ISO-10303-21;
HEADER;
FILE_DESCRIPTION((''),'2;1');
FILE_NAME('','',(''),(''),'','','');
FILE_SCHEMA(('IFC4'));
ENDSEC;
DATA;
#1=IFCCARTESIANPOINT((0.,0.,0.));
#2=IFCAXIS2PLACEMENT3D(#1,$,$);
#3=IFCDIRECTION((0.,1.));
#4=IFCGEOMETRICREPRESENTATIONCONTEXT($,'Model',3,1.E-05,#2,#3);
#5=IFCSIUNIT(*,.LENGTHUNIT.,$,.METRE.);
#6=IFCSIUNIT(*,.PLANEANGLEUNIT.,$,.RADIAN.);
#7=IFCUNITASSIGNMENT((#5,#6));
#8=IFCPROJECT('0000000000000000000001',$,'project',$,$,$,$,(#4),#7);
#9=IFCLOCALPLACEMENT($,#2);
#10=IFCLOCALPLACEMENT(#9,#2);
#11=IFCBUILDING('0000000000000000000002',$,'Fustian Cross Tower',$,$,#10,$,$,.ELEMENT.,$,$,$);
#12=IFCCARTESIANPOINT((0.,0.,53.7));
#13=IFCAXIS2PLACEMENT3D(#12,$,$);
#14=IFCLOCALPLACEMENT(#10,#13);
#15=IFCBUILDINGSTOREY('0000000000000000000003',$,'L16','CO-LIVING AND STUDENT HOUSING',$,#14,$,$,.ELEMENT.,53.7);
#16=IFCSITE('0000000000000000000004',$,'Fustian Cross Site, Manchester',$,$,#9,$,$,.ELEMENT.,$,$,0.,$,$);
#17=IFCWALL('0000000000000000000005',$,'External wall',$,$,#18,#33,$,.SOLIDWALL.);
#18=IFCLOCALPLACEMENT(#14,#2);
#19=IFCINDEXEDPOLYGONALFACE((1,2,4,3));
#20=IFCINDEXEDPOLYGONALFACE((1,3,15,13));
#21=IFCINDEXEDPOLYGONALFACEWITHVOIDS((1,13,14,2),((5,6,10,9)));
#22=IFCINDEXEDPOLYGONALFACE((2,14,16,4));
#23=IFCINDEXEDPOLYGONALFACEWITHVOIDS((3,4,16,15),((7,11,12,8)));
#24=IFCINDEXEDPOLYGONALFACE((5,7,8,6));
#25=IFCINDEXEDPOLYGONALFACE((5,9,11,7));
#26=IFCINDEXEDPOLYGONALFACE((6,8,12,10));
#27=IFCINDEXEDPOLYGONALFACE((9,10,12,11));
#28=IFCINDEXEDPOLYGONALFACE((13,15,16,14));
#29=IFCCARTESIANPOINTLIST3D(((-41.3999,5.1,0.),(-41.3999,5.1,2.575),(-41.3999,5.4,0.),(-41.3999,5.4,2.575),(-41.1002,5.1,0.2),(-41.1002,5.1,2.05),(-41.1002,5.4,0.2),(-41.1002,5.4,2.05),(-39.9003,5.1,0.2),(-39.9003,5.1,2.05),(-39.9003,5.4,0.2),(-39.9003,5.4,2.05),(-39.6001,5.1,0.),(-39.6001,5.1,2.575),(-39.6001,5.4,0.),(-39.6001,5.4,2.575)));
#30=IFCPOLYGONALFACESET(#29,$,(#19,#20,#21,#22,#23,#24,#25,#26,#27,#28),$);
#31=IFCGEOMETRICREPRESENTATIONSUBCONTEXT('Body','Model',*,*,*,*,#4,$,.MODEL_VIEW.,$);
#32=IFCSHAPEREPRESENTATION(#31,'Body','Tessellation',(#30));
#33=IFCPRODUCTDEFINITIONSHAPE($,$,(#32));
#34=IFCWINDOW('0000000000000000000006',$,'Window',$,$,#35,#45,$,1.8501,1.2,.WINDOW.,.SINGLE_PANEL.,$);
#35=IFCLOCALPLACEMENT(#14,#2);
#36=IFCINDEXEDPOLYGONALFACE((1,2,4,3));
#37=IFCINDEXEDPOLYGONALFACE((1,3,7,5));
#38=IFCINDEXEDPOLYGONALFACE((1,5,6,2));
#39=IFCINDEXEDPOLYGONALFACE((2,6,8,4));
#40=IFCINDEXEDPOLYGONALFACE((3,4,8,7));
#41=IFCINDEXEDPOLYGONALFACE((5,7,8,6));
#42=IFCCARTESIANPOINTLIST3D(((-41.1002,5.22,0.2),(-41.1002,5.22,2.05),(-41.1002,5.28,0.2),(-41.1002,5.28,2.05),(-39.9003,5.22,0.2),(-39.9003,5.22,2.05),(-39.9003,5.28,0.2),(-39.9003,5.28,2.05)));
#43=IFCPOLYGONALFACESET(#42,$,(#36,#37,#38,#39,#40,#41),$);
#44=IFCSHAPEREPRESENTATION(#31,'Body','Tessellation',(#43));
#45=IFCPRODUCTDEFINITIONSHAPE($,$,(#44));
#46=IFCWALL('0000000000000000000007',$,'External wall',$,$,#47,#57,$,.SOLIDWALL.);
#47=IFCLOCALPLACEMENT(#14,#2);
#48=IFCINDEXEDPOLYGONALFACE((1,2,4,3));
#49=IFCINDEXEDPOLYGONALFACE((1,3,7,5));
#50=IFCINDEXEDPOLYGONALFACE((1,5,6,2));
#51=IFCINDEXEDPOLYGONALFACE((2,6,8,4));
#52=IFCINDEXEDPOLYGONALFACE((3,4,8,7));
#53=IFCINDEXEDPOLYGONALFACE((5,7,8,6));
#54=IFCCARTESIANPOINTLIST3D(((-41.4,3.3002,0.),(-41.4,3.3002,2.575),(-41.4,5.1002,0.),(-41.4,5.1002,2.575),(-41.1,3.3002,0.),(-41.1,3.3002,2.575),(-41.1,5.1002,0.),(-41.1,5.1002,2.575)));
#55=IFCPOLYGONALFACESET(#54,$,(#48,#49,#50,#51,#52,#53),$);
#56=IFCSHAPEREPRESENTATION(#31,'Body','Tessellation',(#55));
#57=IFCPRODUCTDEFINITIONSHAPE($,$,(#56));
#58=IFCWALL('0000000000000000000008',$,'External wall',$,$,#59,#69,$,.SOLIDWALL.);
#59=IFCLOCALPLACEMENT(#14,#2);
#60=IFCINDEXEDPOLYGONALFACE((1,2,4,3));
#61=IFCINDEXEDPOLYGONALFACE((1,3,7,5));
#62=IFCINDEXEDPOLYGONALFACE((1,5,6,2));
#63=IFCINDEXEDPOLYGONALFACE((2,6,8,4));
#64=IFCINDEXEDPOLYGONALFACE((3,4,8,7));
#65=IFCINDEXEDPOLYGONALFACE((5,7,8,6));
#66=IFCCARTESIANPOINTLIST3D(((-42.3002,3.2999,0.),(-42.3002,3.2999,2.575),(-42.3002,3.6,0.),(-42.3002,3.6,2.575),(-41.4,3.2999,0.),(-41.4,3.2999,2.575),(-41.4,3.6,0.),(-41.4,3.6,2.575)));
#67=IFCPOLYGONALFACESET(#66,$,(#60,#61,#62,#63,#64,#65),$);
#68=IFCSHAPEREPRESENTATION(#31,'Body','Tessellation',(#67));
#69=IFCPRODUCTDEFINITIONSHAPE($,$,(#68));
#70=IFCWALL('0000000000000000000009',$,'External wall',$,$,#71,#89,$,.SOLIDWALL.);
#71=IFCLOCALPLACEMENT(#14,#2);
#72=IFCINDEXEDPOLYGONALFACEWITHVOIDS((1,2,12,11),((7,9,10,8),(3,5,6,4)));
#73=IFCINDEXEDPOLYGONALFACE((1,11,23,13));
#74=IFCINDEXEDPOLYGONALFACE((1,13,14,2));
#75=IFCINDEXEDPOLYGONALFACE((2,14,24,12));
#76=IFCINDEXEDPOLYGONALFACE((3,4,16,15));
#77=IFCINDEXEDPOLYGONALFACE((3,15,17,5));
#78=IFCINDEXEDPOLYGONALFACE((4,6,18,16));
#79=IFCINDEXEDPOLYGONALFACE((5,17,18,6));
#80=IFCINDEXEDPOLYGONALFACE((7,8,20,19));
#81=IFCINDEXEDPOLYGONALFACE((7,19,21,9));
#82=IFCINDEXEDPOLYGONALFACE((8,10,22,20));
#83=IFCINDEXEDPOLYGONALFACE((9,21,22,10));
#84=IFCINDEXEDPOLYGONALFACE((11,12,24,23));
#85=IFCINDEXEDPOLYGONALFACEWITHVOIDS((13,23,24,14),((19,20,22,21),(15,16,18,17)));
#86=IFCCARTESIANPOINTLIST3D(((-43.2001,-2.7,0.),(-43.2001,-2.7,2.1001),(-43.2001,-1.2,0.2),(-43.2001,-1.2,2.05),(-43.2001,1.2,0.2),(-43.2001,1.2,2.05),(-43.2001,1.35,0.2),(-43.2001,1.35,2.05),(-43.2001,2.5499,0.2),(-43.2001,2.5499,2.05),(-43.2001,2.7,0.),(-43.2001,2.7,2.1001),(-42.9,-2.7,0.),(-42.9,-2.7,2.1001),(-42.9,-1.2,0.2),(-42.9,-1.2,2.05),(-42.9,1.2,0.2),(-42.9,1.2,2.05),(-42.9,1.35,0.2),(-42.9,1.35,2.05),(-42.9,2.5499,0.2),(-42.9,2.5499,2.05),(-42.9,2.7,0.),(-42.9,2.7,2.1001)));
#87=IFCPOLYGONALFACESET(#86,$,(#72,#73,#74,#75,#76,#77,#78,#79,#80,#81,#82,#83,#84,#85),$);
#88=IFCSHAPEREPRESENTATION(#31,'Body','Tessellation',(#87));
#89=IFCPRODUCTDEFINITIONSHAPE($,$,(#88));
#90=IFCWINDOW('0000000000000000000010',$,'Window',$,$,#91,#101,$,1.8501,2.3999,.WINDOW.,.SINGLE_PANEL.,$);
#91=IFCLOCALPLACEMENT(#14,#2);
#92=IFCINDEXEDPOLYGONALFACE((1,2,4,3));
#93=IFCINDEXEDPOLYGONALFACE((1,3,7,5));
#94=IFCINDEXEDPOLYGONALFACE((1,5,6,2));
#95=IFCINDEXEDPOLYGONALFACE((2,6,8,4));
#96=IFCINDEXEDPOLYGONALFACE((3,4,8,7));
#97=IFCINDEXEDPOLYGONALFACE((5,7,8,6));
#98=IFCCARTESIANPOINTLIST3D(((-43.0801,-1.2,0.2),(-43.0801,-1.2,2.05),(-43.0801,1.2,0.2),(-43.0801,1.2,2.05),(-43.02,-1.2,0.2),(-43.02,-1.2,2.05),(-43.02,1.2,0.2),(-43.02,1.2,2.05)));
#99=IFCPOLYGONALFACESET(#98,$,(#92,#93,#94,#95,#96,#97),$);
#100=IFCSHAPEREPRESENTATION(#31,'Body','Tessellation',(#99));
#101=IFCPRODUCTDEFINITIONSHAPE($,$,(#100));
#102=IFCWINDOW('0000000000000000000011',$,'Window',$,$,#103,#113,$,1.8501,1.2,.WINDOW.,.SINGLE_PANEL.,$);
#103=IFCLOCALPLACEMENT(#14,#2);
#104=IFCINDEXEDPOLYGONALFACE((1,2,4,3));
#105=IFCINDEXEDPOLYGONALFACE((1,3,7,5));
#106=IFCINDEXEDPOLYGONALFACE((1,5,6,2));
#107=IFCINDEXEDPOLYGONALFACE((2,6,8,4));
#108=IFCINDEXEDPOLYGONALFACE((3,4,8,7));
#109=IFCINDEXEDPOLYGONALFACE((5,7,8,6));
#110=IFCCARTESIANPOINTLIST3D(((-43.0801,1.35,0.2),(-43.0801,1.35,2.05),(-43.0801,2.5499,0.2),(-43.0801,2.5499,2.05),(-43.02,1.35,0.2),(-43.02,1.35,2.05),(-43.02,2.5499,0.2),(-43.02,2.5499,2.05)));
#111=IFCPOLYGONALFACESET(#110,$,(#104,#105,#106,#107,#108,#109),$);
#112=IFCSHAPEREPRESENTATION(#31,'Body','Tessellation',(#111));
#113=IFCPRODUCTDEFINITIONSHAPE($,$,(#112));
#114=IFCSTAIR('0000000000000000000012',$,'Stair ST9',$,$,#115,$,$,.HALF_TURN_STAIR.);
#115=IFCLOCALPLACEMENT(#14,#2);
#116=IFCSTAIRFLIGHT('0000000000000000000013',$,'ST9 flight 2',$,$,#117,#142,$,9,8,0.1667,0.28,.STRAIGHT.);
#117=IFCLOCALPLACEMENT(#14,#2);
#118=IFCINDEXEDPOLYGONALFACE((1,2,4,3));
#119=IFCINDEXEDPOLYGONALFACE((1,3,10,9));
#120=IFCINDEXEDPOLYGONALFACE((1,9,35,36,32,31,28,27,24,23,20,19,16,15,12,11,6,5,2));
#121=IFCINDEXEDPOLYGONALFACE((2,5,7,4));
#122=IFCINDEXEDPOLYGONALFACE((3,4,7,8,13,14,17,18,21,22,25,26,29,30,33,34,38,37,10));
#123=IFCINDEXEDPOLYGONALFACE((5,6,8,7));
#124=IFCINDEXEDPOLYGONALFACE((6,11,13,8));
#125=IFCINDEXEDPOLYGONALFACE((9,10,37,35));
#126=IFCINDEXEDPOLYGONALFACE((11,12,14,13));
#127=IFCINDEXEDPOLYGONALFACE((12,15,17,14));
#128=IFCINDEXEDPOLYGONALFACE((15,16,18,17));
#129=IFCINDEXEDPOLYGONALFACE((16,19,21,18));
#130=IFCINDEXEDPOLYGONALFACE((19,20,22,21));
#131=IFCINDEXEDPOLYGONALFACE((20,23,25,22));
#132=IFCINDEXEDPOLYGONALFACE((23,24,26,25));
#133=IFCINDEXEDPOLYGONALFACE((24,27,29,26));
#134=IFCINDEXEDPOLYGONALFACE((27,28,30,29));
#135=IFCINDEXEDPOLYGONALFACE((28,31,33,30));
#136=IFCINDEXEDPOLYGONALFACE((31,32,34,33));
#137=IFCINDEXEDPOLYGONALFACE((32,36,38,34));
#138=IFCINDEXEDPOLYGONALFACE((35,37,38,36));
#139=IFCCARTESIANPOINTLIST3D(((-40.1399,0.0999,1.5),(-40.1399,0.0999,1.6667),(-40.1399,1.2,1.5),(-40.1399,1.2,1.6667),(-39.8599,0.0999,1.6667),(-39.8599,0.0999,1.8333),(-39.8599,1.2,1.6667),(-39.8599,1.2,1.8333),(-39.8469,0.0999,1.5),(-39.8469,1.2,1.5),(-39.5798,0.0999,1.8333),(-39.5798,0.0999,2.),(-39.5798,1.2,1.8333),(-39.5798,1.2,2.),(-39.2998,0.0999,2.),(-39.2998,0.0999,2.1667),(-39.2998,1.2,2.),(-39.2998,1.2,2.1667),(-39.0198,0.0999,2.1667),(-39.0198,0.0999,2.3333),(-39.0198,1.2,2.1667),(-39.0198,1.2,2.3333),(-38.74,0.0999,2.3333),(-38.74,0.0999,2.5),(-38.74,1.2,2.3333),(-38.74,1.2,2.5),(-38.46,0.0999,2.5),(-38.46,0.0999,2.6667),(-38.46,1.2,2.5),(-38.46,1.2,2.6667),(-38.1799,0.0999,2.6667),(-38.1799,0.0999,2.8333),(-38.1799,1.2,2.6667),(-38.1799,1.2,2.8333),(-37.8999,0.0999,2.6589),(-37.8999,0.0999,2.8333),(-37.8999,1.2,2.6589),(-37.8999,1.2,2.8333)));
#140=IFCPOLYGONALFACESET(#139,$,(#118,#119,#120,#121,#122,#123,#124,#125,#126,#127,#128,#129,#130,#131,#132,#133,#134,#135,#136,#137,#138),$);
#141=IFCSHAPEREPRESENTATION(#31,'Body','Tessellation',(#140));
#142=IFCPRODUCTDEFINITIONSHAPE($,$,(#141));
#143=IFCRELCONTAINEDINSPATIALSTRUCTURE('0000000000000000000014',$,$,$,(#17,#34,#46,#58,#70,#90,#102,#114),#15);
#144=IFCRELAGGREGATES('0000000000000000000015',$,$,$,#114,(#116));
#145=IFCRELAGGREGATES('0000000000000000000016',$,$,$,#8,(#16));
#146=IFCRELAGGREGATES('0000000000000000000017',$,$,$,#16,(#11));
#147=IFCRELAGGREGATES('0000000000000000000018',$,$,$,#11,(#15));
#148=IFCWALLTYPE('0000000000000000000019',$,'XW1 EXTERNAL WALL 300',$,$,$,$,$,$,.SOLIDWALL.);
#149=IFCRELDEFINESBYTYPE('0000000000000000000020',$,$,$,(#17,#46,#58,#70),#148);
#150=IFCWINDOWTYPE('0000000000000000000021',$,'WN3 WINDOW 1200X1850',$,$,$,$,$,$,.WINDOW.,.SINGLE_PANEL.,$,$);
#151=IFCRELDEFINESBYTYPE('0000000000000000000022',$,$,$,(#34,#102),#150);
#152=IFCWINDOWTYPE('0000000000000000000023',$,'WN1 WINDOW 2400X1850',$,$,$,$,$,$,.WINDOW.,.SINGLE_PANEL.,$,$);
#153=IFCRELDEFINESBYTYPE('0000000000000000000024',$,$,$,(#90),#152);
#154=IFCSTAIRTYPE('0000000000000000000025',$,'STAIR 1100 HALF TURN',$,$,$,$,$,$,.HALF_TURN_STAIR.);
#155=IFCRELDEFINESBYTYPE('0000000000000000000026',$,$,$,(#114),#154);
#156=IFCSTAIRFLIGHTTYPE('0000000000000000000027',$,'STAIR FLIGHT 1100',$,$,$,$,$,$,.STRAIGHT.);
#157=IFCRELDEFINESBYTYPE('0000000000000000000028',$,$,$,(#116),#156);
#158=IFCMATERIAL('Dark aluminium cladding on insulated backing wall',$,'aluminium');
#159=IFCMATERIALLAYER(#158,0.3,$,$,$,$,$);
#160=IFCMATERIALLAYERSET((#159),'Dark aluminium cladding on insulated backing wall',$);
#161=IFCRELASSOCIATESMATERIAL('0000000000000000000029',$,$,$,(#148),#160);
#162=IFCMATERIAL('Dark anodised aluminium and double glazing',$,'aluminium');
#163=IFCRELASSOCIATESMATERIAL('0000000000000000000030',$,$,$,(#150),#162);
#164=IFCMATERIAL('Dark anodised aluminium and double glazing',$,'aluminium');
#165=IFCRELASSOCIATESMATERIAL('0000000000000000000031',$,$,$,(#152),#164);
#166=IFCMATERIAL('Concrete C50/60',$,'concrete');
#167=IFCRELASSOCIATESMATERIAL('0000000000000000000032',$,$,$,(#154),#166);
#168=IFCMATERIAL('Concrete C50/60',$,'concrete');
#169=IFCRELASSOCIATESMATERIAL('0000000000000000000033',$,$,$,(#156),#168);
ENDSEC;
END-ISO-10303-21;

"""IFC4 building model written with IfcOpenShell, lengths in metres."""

from ifc_helpers import new_model, si_unit, direction, frame, frame_2d, origin, place, context, subcontext, project, spatial, polyline, rectangle, outline, extrude, material, layer, layer_set, type_object, element, fill, aggregate, save


model = new_model("IFC4")

# Units and contexts
model_context = context("Model", 3, precision=1e-05, world=origin(), true_north=direction((0.0, 1.0)))
body_context = subcontext(model_context, "Body", "Model", "MODEL_VIEW")
ifc_project = project(units=[si_unit("LENGTHUNIT", "METRE"), si_unit("PLANEANGLEUNIT", "RADIAN")], contexts=[model_context])

# Site, building, storey
site_placement = place(None, origin())
site = spatial("IfcSite", under=ifc_project, at=site_placement, Name="Fustian Cross Site, Manchester", CompositionType="ELEMENT", RefElevation=0.0)
building_placement = place(site_placement, origin())
building = spatial("IfcBuilding", under=site, at=building_placement, Name="Fustian Cross Tower", CompositionType="ELEMENT")
storey_placement = place(building_placement, frame((0.0, 0.0, 53.7)))
storey = spatial("IfcBuildingStorey", under=building, at=storey_placement, Name="L16", Description="CO-LIVING AND STUDENT HOUSING", CompositionType="ELEMENT", Elevation=53.7)

# Wall, opening, window
ifc_material_1 = material(Name="Dark aluminium cladding on insulated backing wall", Category="aluminium")
ifc_layer_1 = layer(ifc_material_1, 0.3)
ifc_layer_set_1 = layer_set([ifc_layer_1], Name="Dark aluminium cladding on insulated backing wall")
wall_type_1 = type_object("IfcWallType", Name="XW1 EXTERNAL WALL 300", PredefinedType="SOLIDWALL", material=ifc_layer_set_1)
wall_1_placement = place(storey_placement, frame((-39.6001, 5.25, 0.0), z_axis=(0.0, 0.0, 1.0), x_axis=(-1.0, 0.0, 0.0)))
wall_1 = element("IfcWall", 1, at=wall_1_placement, inside=storey, type_object=wall_type_1, Name="External wall", PredefinedType="SOLIDWALL", context=body_context, shape_type="SweptSolid", body=[
    extrude(rectangle(XDim=1.7998, YDim=0.3, at=frame_2d((0.8999, 0.0))), origin(), (0.0, 0.0, 1.0), 2.575),
])
opening_1_placement = place(wall_1_placement, frame((0.3, 0.0, 0.2)))
opening_1 = element("IfcOpeningElement", 2, at=opening_1_placement, cuts=wall_1, PredefinedType="OPENING", context=body_context, shape_type="SweptSolid", body=[
    extrude(rectangle(XDim=1.2, YDim=1.8501, at=frame_2d((0.6001, 0.925))), frame((0.0, 0.1599, 0.0), z_axis=(0.0, -1.0, 0.0), x_axis=(1.0, 0.0, 0.0)), (0.0, 0.0, 1.0), 0.3201),
])
ifc_material_2 = material(Name="Dark anodised aluminium and double glazing", Category="aluminium")
window_type_1 = type_object("IfcWindowType", Name="WN3 WINDOW 1200X1850", PartitioningType="SINGLE_PANEL", PredefinedType="WINDOW", material=ifc_material_2)
window_1_placement = place(opening_1_placement, origin())
window_1 = element("IfcWindow", 3, at=window_1_placement, inside=storey, type_object=window_type_1, Name="Window", OverallHeight=1.8501, OverallWidth=1.2, PartitioningType="SINGLE_PANEL", PredefinedType="WINDOW", context=body_context, shape_type="SweptSolid", body=[
    extrude(rectangle(XDim=1.2, YDim=1.8501, at=frame_2d((0.6001, 0.925))), frame((0.0, 0.03, 0.0), z_axis=(0.0, -1.0, 0.0), x_axis=(1.0, 0.0, 0.0)), (0.0, 0.0, 1.0), 0.0601),
])
fill(opening_1, window_1)

# Walls
wall_2_placement = place(storey_placement, frame((-41.25, 5.1001, 0.0), z_axis=(0.0, 0.0, 1.0), x_axis=(0.0, -1.0, 0.0)))
element("IfcWall", 4, at=wall_2_placement, inside=storey, type_object=wall_type_1, Name="External wall", PredefinedType="SOLIDWALL", context=body_context, shape_type="SweptSolid", body=[
    extrude(rectangle(XDim=1.8, YDim=0.3, at=frame_2d((0.8999, 0.0))), origin(), (0.0, 0.0, 1.0), 2.575),
])
wall_3_placement = place(storey_placement, frame((-41.3999, 3.45, 0.0), z_axis=(0.0, 0.0, 1.0), x_axis=(-1.0, 0.0, 0.0)))
element("IfcWall", 5, at=wall_3_placement, inside=storey, type_object=wall_type_1, Name="External wall", PredefinedType="SOLIDWALL", context=body_context, shape_type="SweptSolid", body=[
    extrude(rectangle(XDim=0.9001, YDim=0.3, at=frame_2d((0.4502, 0.0))), origin(), (0.0, 0.0, 1.0), 2.575),
])

# Wall, openings, windows
wall_4_placement = place(storey_placement, frame((-43.05, 2.7, 0.0), z_axis=(0.0, 0.0, 1.0), x_axis=(0.0, -1.0, 0.0)))
wall_4 = element("IfcWall", 6, at=wall_4_placement, inside=storey, type_object=wall_type_1, Name="External wall", PredefinedType="SOLIDWALL", context=body_context, shape_type="SweptSolid", body=[
    extrude(rectangle(XDim=5.3999, YDim=0.3, at=frame_2d((2.7, 0.0))), origin(), (0.0, 0.0, 1.0), 2.1001),
])
opening_2_placement = place(wall_4_placement, frame((1.5, 0.0, 0.2)))
opening_2 = element("IfcOpeningElement", 7, at=opening_2_placement, cuts=wall_4, PredefinedType="OPENING", context=body_context, shape_type="SweptSolid", body=[
    extrude(rectangle(XDim=2.3999, YDim=1.8501, at=frame_2d((1.2, 0.925))), frame((0.0, 0.1599, 0.0), z_axis=(0.0, -1.0, 0.0), x_axis=(1.0, 0.0, 0.0)), (0.0, 0.0, 1.0), 0.3201),
])
opening_3_placement = place(wall_4_placement, frame((0.1499, 0.0, 0.2)))
opening_3 = element("IfcOpeningElement", 8, at=opening_3_placement, cuts=wall_4, PredefinedType="OPENING", context=body_context, shape_type="SweptSolid", body=[
    extrude(rectangle(XDim=1.2, YDim=1.8501, at=frame_2d((0.6001, 0.925))), frame((0.0, 0.1599, 0.0), z_axis=(0.0, -1.0, 0.0), x_axis=(1.0, 0.0, 0.0)), (0.0, 0.0, 1.0), 0.3201),
])
ifc_material_3 = material(Name="Dark anodised aluminium and double glazing", Category="aluminium")
window_type_2 = type_object("IfcWindowType", Name="WN1 WINDOW 2400X1850", PartitioningType="SINGLE_PANEL", PredefinedType="WINDOW", material=ifc_material_3)
window_2_placement = place(opening_2_placement, origin())
window_2 = element("IfcWindow", 9, at=window_2_placement, inside=storey, type_object=window_type_2, Name="Window", OverallHeight=1.8501, OverallWidth=2.3999, PartitioningType="SINGLE_PANEL", PredefinedType="WINDOW", context=body_context, shape_type="SweptSolid", body=[
    extrude(rectangle(XDim=2.3999, YDim=1.8501, at=frame_2d((1.2, 0.925))), frame((0.0, 0.03, 0.0), z_axis=(0.0, -1.0, 0.0), x_axis=(1.0, 0.0, 0.0)), (0.0, 0.0, 1.0), 0.0601),
])
fill(opening_2, window_2)
window_3_placement = place(opening_3_placement, origin())
window_3 = element("IfcWindow", 10, at=window_3_placement, inside=storey, type_object=window_type_1, Name="Window", OverallHeight=1.8501, OverallWidth=1.2, PartitioningType="SINGLE_PANEL", PredefinedType="WINDOW", context=body_context, shape_type="SweptSolid", body=[
    extrude(rectangle(XDim=1.2, YDim=1.8501, at=frame_2d((0.6001, 0.925))), frame((0.0, 0.03, 0.0), z_axis=(0.0, -1.0, 0.0), x_axis=(1.0, 0.0, 0.0)), (0.0, 0.0, 1.0), 0.0601),
])
fill(opening_3, window_3)

# Stair, stair flight
ifc_material_4 = material(Name="Concrete C50/60", Category="concrete")
stair_type = type_object("IfcStairType", Name="STAIR 1100 HALF TURN", PredefinedType="HALF_TURN_STAIR", material=ifc_material_4)
stair_placement = place(storey_placement, origin())
stair = element("IfcStair", 11, at=stair_placement, inside=storey, type_object=stair_type, Name="Stair ST9", PredefinedType="HALF_TURN_STAIR")
ifc_material_5 = material(Name="Concrete C50/60", Category="concrete")
stair_flight_type = type_object("IfcStairFlightType", Name="STAIR FLIGHT 1100", PredefinedType="STRAIGHT", material=ifc_material_5)
stair_flight_placement = place(storey_placement, frame((-40.1399, 0.6499, 1.5), z_axis=(0.0, 0.0, 1.0), x_axis=(1.0, 0.0, 0.0)))
stair_flight = element("IfcStairFlight", 12, at=stair_flight_placement, type_object=stair_flight_type, Name="ST9 flight 2", NumberOfRisers=9, NumberOfTreads=8, PredefinedType="STRAIGHT", RiserHeight=0.1667, TreadLength=0.28, context=body_context, shape_type="SweptSolid", body=[
    extrude(outline(polyline([(0.0, 0.0), (0.0, 0.1667), (0.28, 0.1667), (0.28, 0.3333), (0.5601, 0.3333), (0.5601, 0.5), (0.8401, 0.5), (0.8401, 0.6667), (1.1201, 0.6667), (1.1201, 0.8333), (1.3999, 0.8333), (1.3999, 1.0), (1.6799, 1.0), (1.6799, 1.1667), (1.96, 1.1667), (1.96, 1.3333), (2.24, 1.3333), (2.24, 1.5), (2.24, 1.1589), (0.293, 0.0), (0.0, 0.0)])), frame((0.0, 0.55, 0.0), z_axis=(0.0, -1.0, 0.0), x_axis=(1.0, 0.0, 0.0)), (0.0, 0.0, 1.0), 1.1001),
])
aggregate(stair, [stair_flight])

save(model, "model.ifc")
